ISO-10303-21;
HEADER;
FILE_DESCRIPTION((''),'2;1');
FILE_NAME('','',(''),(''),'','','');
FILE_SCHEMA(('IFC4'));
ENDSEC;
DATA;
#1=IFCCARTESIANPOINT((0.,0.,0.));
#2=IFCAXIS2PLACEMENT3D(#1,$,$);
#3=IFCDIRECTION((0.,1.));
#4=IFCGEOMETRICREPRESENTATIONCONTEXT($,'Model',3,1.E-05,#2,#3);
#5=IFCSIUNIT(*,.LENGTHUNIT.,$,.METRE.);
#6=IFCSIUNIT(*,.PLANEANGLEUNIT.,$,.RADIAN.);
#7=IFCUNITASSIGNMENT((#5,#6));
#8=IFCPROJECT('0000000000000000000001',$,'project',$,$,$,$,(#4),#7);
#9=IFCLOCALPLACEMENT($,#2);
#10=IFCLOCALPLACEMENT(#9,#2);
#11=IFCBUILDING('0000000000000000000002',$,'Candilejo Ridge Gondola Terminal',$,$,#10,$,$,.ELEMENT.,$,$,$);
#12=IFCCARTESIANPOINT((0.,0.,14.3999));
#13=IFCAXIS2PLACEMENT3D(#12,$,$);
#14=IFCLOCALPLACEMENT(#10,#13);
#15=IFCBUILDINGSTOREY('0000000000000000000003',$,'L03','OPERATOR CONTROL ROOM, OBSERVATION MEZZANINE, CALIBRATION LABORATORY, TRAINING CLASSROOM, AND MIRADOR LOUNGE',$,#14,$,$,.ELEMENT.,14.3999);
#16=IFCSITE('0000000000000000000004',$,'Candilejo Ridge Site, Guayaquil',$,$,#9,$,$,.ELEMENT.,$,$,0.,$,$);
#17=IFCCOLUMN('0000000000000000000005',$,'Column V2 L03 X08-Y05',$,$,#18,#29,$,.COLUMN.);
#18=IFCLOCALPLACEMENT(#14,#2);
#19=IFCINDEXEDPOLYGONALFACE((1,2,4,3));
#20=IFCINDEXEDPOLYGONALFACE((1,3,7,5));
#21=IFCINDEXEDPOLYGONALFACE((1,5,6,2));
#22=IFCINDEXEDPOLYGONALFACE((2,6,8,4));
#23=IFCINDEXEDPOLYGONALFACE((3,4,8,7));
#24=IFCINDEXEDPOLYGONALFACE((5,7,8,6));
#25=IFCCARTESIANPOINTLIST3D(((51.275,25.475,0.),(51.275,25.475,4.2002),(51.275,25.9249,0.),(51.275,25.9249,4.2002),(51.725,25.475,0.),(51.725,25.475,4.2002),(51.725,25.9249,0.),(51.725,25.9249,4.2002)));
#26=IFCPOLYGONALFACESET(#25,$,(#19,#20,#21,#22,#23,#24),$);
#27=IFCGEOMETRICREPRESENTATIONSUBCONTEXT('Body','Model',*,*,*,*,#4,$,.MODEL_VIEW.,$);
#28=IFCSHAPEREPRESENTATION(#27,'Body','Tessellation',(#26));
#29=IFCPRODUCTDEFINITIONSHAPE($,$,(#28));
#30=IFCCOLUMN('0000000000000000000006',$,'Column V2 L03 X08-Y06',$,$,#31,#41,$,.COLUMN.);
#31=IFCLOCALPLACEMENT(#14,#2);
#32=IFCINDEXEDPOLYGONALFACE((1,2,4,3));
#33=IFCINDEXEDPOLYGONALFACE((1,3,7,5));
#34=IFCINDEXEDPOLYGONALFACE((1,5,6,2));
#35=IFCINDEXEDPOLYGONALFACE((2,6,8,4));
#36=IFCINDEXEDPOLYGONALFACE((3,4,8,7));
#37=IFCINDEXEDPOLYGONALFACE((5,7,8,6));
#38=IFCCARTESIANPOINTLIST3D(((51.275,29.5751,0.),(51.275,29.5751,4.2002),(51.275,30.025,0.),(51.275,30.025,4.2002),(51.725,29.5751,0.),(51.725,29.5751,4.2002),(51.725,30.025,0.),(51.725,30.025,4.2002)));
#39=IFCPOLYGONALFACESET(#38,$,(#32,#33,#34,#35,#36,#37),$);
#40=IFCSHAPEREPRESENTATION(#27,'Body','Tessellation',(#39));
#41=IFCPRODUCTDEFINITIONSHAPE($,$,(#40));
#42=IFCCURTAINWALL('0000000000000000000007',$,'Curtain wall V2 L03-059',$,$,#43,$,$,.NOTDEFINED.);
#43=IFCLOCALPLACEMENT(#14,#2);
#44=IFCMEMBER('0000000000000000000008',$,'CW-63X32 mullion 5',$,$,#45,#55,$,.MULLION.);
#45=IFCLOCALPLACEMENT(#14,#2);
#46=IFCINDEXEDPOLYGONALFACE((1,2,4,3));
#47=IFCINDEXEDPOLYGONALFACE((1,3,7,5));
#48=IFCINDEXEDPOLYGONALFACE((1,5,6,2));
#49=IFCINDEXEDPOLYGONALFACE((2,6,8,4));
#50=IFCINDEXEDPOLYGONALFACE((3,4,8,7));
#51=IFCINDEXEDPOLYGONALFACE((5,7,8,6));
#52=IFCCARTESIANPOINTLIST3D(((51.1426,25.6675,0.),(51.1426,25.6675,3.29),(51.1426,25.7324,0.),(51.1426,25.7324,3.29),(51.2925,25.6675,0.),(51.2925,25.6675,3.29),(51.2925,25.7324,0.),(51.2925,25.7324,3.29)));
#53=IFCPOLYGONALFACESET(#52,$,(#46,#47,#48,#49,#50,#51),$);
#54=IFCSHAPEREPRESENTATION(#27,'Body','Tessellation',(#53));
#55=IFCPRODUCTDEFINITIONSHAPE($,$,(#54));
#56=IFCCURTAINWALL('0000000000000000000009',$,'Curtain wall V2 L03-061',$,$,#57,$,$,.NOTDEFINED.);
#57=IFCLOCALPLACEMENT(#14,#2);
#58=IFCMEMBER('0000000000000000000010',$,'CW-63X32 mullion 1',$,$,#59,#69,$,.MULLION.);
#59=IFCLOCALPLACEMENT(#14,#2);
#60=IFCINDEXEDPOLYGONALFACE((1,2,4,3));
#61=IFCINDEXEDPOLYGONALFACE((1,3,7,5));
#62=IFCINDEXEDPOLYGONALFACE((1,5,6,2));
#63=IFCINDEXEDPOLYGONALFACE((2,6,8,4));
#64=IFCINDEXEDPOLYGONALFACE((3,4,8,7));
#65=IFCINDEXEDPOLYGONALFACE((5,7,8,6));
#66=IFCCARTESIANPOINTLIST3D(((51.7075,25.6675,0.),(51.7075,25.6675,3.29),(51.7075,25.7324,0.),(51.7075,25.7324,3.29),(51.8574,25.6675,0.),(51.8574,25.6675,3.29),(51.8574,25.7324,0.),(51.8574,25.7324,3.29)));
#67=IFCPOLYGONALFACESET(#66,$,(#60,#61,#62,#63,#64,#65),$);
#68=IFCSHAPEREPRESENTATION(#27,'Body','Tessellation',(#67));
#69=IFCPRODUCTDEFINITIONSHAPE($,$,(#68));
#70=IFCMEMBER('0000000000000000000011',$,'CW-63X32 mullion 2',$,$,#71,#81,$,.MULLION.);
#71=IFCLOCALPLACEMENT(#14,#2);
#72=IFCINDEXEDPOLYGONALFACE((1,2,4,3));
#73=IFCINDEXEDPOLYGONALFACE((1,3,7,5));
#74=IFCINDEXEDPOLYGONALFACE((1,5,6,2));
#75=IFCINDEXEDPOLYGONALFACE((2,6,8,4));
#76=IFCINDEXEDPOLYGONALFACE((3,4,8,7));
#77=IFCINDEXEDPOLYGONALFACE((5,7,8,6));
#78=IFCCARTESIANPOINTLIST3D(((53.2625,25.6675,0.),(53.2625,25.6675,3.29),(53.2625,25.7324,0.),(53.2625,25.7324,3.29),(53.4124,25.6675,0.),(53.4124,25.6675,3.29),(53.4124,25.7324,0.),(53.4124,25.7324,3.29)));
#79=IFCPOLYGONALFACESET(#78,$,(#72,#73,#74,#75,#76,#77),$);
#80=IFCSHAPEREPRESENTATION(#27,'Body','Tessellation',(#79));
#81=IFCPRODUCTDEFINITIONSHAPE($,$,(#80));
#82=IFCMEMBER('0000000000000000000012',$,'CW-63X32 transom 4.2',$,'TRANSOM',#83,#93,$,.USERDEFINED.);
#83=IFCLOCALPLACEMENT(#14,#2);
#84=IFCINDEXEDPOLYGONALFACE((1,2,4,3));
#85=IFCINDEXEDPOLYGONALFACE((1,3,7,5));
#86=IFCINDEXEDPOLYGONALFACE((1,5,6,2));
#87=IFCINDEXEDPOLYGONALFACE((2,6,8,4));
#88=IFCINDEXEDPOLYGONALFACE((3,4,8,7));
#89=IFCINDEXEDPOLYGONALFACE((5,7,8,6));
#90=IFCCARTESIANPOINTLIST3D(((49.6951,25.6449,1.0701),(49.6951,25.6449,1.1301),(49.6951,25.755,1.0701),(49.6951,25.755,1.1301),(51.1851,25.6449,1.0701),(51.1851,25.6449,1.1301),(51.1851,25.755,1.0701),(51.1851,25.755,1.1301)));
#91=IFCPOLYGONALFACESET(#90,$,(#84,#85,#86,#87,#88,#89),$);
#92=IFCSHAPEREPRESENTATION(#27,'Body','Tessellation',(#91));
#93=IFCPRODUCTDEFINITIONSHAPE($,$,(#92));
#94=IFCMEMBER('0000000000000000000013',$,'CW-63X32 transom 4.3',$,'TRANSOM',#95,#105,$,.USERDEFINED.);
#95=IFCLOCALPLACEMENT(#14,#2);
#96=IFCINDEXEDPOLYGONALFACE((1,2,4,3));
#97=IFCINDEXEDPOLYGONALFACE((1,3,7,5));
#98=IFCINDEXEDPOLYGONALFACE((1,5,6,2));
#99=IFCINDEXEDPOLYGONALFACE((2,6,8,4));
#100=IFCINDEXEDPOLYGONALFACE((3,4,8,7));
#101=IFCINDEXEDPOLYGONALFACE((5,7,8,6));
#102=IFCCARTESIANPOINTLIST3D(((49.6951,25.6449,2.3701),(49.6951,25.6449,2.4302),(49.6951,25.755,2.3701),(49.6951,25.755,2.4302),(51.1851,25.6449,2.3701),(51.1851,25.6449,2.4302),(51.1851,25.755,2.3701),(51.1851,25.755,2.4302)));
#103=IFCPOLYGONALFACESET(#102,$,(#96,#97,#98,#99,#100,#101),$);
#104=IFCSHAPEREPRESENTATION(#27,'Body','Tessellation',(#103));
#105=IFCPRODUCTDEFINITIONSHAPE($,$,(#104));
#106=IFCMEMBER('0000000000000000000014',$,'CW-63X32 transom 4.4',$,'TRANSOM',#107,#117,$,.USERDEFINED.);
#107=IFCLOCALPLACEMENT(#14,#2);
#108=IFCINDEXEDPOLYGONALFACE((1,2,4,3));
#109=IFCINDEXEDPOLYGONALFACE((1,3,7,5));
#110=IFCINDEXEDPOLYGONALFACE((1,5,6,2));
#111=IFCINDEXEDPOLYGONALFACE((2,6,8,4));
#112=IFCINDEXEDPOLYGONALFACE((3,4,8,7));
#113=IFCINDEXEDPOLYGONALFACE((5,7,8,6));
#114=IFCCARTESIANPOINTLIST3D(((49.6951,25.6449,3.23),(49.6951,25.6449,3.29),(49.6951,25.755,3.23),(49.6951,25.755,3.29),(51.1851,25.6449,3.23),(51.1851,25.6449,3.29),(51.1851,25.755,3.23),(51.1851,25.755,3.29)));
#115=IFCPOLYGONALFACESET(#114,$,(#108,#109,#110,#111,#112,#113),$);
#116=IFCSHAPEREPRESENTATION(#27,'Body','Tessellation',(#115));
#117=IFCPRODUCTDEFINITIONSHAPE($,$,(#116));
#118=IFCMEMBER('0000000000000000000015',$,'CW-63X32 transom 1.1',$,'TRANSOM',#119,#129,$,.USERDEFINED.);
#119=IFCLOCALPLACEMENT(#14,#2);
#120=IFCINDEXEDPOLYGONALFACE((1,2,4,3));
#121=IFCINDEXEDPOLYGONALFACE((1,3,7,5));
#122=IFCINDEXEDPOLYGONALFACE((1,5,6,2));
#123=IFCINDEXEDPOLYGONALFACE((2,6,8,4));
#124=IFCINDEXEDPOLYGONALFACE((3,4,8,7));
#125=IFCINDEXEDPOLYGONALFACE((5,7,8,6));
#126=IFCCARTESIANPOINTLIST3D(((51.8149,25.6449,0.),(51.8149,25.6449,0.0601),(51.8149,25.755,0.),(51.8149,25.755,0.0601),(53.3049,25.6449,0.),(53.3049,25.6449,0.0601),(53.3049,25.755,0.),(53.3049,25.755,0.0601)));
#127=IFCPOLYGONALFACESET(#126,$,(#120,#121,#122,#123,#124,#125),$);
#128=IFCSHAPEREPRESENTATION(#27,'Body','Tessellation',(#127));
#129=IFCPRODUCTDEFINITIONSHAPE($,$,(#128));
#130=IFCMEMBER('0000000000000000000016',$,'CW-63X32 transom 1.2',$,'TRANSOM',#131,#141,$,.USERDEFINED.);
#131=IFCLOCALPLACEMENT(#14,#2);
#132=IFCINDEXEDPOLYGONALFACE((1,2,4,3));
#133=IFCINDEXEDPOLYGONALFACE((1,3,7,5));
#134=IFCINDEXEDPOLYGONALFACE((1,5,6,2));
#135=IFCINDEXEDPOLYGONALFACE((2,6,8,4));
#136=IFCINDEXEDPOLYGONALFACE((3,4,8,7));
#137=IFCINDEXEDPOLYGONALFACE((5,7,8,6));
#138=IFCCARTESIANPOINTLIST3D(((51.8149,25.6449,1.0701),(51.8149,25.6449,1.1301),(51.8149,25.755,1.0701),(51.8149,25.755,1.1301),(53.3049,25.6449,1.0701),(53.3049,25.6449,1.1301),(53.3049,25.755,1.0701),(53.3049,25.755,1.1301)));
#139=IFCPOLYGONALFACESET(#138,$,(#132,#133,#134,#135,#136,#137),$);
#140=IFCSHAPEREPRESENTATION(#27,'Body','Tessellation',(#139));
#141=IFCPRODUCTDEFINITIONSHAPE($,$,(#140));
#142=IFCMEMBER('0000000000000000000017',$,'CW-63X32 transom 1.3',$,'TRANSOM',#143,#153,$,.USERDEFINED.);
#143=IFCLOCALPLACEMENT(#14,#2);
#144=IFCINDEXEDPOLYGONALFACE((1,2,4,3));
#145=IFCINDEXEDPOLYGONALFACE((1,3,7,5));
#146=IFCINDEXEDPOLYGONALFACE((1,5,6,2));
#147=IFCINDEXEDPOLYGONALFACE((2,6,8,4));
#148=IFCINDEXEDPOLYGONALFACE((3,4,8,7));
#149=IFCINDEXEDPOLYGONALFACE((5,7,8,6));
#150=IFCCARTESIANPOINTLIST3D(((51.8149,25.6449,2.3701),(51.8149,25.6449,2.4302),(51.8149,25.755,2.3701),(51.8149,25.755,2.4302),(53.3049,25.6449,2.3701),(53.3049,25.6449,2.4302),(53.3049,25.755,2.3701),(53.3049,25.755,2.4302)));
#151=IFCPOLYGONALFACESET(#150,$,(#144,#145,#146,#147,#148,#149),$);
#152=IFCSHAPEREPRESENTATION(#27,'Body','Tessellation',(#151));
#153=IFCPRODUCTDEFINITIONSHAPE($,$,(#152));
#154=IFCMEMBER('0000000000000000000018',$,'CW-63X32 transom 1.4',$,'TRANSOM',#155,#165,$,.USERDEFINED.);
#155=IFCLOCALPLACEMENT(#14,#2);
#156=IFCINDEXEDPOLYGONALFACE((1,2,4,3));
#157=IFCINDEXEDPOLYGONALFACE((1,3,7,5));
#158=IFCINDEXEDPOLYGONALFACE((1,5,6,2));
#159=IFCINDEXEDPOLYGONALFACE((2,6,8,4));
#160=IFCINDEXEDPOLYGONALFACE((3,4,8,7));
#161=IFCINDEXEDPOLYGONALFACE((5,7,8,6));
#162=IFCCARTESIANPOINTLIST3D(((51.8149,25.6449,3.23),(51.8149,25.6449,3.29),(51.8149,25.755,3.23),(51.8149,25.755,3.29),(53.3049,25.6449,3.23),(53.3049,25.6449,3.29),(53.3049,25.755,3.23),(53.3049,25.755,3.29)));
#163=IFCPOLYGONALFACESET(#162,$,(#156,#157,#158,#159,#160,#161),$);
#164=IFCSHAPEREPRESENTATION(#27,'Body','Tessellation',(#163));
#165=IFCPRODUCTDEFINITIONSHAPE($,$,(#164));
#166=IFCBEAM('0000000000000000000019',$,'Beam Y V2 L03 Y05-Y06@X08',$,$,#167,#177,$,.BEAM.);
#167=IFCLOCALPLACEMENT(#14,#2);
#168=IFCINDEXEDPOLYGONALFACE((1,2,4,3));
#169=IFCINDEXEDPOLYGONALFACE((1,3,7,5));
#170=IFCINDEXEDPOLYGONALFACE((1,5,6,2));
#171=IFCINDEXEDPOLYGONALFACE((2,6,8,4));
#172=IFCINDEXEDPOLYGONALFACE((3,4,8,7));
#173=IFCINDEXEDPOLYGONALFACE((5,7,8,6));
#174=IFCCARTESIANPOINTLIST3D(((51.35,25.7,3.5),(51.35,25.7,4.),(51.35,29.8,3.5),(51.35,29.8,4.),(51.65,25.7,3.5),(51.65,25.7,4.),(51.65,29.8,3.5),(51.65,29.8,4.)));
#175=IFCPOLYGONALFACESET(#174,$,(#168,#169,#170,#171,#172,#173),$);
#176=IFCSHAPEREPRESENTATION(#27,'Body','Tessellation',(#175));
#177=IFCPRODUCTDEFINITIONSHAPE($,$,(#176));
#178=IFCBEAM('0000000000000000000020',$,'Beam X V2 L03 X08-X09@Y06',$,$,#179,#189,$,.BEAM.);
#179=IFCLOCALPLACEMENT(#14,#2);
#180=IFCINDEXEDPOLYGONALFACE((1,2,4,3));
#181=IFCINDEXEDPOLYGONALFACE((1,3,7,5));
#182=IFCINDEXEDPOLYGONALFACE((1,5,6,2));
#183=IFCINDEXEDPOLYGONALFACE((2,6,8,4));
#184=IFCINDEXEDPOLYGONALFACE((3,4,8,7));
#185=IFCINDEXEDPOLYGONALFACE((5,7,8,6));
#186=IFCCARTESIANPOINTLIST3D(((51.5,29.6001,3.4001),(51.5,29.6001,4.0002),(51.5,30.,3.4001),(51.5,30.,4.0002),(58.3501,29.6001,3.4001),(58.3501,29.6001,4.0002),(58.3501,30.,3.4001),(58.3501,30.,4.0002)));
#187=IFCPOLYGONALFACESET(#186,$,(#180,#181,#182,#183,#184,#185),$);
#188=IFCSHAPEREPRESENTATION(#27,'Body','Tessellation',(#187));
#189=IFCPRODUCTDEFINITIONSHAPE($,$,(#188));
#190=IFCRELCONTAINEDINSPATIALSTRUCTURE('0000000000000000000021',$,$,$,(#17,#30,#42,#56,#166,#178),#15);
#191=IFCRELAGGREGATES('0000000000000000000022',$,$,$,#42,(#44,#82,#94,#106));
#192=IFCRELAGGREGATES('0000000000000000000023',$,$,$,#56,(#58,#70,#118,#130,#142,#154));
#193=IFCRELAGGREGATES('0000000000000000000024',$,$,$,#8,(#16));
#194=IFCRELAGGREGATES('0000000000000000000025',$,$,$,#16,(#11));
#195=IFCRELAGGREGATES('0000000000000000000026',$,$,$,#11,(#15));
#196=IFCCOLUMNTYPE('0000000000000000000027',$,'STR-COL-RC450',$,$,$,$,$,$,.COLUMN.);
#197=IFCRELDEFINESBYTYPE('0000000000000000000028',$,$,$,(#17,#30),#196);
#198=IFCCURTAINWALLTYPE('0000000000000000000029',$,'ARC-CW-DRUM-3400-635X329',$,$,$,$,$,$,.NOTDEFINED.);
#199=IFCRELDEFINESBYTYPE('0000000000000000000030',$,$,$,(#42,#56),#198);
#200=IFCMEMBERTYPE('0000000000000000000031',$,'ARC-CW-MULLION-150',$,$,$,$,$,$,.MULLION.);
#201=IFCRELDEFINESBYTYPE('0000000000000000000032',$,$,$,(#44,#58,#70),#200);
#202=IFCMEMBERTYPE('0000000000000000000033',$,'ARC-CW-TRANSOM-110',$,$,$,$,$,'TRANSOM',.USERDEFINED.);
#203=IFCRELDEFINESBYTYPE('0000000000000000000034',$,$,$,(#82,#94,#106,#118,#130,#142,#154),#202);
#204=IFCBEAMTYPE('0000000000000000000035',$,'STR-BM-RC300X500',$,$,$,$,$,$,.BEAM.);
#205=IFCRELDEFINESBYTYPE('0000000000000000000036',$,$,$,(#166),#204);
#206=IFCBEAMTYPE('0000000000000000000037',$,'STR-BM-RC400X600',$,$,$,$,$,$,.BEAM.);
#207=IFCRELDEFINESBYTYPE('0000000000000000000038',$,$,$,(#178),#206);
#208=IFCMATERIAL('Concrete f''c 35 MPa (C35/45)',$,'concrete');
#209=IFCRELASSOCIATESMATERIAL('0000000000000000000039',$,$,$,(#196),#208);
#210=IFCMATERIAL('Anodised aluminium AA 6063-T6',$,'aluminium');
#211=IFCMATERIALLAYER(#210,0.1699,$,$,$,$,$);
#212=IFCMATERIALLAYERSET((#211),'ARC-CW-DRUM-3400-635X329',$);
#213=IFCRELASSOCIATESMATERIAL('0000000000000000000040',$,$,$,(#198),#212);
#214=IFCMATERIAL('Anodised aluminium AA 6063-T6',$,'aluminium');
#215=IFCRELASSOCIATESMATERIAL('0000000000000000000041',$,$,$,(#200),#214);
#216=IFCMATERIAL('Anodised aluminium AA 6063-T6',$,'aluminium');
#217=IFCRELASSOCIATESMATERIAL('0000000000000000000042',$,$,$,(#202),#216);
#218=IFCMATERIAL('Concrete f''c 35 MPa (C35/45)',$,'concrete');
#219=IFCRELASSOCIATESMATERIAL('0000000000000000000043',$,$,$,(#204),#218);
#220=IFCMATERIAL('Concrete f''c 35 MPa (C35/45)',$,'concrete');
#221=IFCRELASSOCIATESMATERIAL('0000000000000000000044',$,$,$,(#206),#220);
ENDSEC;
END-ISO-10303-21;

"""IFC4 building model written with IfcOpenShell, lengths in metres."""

from ifc_helpers import new_model, si_unit, direction, frame, origin, origin_2d, place, context, subcontext, project, spatial, rectangle, extrude, material, layer, layer_set, material_profile, profile_set, type_object, element, aggregate, save


model = new_model("IFC4")

# Units and contexts
model_context = context("Model", 3, precision=1e-05, world=origin(), true_north=direction((0.0, 1.0)))
body_context = subcontext(model_context, "Body", "Model", "MODEL_VIEW")
ifc_project = project(units=[si_unit("LENGTHUNIT", "METRE"), si_unit("PLANEANGLEUNIT", "RADIAN")], contexts=[model_context])

# Site, building, storey
site_placement = place(None, origin())
site = spatial("IfcSite", under=ifc_project, at=site_placement, Name="Candilejo Ridge Site, Guayaquil", CompositionType="ELEMENT", RefElevation=0.0)
building_placement = place(site_placement, origin())
building = spatial("IfcBuilding", under=site, at=building_placement, Name="Candilejo Ridge Gondola Terminal", CompositionType="ELEMENT")
storey_placement = place(building_placement, frame((0.0, 0.0, 14.3999)))
storey = spatial("IfcBuildingStorey", under=building, at=storey_placement, Name="L03", Description="OPERATOR CONTROL ROOM, OBSERVATION MEZZANINE, CALIBRATION LABORATORY, TRAINING CLASSROOM, AND MIRADOR LOUNGE", CompositionType="ELEMENT", Elevation=14.3999)

# Columns
ifc_material_1 = material(Name="Concrete f'c 35 MPa (C35/45)", Category="concrete")
ifc_material_profile_1 = material_profile(ifc_material_1, rectangle(XDim=0.45, YDim=0.45, at=origin_2d()))
ifc_profile_set_1 = profile_set([ifc_material_profile_1], Name="Concrete f'c 35 MPa (C35/45)")
column_type = type_object("IfcColumnType", Name="STR-COL-RC450", PredefinedType="COLUMN", material=ifc_profile_set_1)
for number, where, z_axis, x_axis, name in (
    (1, (51.5, 25.7, 0.0), (0.0, 0.0, 1.0), (1.0, 0.0, 0.0), "Column V2 L03 X08-Y05"),
    (2, (51.5, 29.8, 0.0), (0.0, 0.0, 1.0), (1.0, 0.0, 0.0), "Column V2 L03 X08-Y06"),
):
    element("IfcColumn", number, at=place(storey_placement, frame(where, z_axis=z_axis, x_axis=x_axis)), inside=storey, type_object=column_type, Name=name, PredefinedType="COLUMN", context=body_context, shape_type="SweptSolid", body=[
        extrude(rectangle(XDim=0.45, YDim=0.45, at=origin_2d()), origin(), (0.0, 0.0, 1.0), 4.2002),
    ])

# Curtain wall, member
ifc_material_2 = material(Name="Anodised aluminium AA 6063-T6", Category="aluminium")
ifc_layer_1 = layer(ifc_material_2, 0.1699)
ifc_layer_set_1 = layer_set([ifc_layer_1], Name="ARC-CW-DRUM-3400-635X329")
curtain_wall_type = type_object("IfcCurtainWallType", Name="ARC-CW-DRUM-3400-635X329", PredefinedType="NOTDEFINED", material=ifc_layer_set_1)
curtain_wall_1_placement = place(storey_placement, origin())
curtain_wall_1 = element("IfcCurtainWall", 3, at=curtain_wall_1_placement, inside=storey, type_object=curtain_wall_type, Name="Curtain wall V2 L03-059", PredefinedType="NOTDEFINED")
ifc_material_3 = material(Name="Anodised aluminium AA 6063-T6", Category="aluminium")
ifc_material_profile_2 = material_profile(ifc_material_3, rectangle(XDim=0.0649, YDim=0.1499, at=origin_2d()))
ifc_profile_set_2 = profile_set([ifc_material_profile_2], Name="Anodised aluminium AA 6063-T6")
member_type_1 = type_object("IfcMemberType", Name="ARC-CW-MULLION-150", PredefinedType="MULLION", material=ifc_profile_set_2)
member_1_placement = place(storey_placement, frame((51.2175, 25.7, 0.0), z_axis=(0.0, 0.0, 1.0), x_axis=(0.0, 1.0, 0.0)))
member_1 = element("IfcMember", 4, at=member_1_placement, type_object=member_type_1, Name="CW-63X32 mullion 5", PredefinedType="MULLION", context=body_context, shape_type="SweptSolid", body=[
    extrude(rectangle(XDim=0.0649, YDim=0.1499, at=origin_2d()), origin(), (0.0, 0.0, 1.0), 3.29),
])

# Curtain wall, members
curtain_wall_2_placement = place(storey_placement, origin())
curtain_wall_2 = element("IfcCurtainWall", 5, at=curtain_wall_2_placement, inside=storey, type_object=curtain_wall_type, Name="Curtain wall V2 L03-061", PredefinedType="NOTDEFINED")
member_2_placement = place(storey_placement, frame((51.7825, 25.7, 0.0), z_axis=(0.0, 0.0, 1.0), x_axis=(0.0, 1.0, 0.0)))
member_2 = element("IfcMember", 6, at=member_2_placement, type_object=member_type_1, Name="CW-63X32 mullion 1", PredefinedType="MULLION", context=body_context, shape_type="SweptSolid", body=[
    extrude(rectangle(XDim=0.0649, YDim=0.1499, at=origin_2d()), origin(), (0.0, 0.0, 1.0), 3.29),
])
member_3_placement = place(storey_placement, frame((53.3374, 25.7, 0.0), z_axis=(0.0, 0.0, 1.0), x_axis=(0.0, 1.0, 0.0)))
member_3 = element("IfcMember", 7, at=member_3_placement, type_object=member_type_1, Name="CW-63X32 mullion 2", PredefinedType="MULLION", context=body_context, shape_type="SweptSolid", body=[
    extrude(rectangle(XDim=0.0649, YDim=0.1499, at=origin_2d()), origin(), (0.0, 0.0, 1.0), 3.29),
])

# Members
ifc_material_4 = material(Name="Anodised aluminium AA 6063-T6", Category="aluminium")
ifc_material_profile_3 = material_profile(ifc_material_4, rectangle(XDim=0.1101, YDim=0.0601, at=origin_2d()))
ifc_profile_set_3 = profile_set([ifc_material_profile_3], Name="Anodised aluminium AA 6063-T6")
member_type_2 = type_object("IfcMemberType", Name="ARC-CW-TRANSOM-110", ElementType="TRANSOM", PredefinedType="USERDEFINED", material=ifc_profile_set_3)
member_4_placement = place(storey_placement, frame((49.6951, 25.7, 1.1001), z_axis=(1.0, 0.0, 0.0), x_axis=(0.0, 1.0, 0.0)))
member_4 = element("IfcMember", 8, at=member_4_placement, type_object=member_type_2, Name="CW-63X32 transom 4.2", ObjectType="TRANSOM", PredefinedType="USERDEFINED", context=body_context, shape_type="SweptSolid", body=[
    extrude(rectangle(XDim=0.1101, YDim=0.0601, at=origin_2d()), origin(), (0.0, 0.0, 1.0), 1.49),
])
member_5_placement = place(storey_placement, frame((49.6951, 25.7, 2.4001), z_axis=(1.0, 0.0, 0.0), x_axis=(0.0, 1.0, 0.0)))
member_5 = element("IfcMember", 9, at=member_5_placement, type_object=member_type_2, Name="CW-63X32 transom 4.3", ObjectType="TRANSOM", PredefinedType="USERDEFINED", context=body_context, shape_type="SweptSolid", body=[
    extrude(rectangle(XDim=0.1101, YDim=0.0601, at=origin_2d()), origin(), (0.0, 0.0, 1.0), 1.49),
])
member_6_placement = place(storey_placement, frame((49.6951, 25.7, 3.26), z_axis=(1.0, 0.0, 0.0), x_axis=(0.0, 1.0, 0.0)))
member_6 = element("IfcMember", 10, at=member_6_placement, type_object=member_type_2, Name="CW-63X32 transom 4.4", ObjectType="TRANSOM", PredefinedType="USERDEFINED", context=body_context, shape_type="SweptSolid", body=[
    extrude(rectangle(XDim=0.1101, YDim=0.0601, at=origin_2d()), origin(), (0.0, 0.0, 1.0), 1.49),
])
member_7_placement = place(storey_placement, frame((51.8149, 25.7, 0.03), z_axis=(1.0, 0.0, 0.0), x_axis=(0.0, 1.0, 0.0)))
member_7 = element("IfcMember", 11, at=member_7_placement, type_object=member_type_2, Name="CW-63X32 transom 1.1", ObjectType="TRANSOM", PredefinedType="USERDEFINED", context=body_context, shape_type="SweptSolid", body=[
    extrude(rectangle(XDim=0.1101, YDim=0.0601, at=origin_2d()), origin(), (0.0, 0.0, 1.0), 1.49),
])
member_8_placement = place(storey_placement, frame((51.8149, 25.7, 1.1001), z_axis=(1.0, 0.0, 0.0), x_axis=(0.0, 1.0, 0.0)))
member_8 = element("IfcMember", 12, at=member_8_placement, type_object=member_type_2, Name="CW-63X32 transom 1.2", ObjectType="TRANSOM", PredefinedType="USERDEFINED", context=body_context, shape_type="SweptSolid", body=[
    extrude(rectangle(XDim=0.1101, YDim=0.0601, at=origin_2d()), origin(), (0.0, 0.0, 1.0), 1.49),
])
member_9_placement = place(storey_placement, frame((51.8149, 25.7, 2.4001), z_axis=(1.0, 0.0, 0.0), x_axis=(0.0, 1.0, 0.0)))
member_9 = element("IfcMember", 13, at=member_9_placement, type_object=member_type_2, Name="CW-63X32 transom 1.3", ObjectType="TRANSOM", PredefinedType="USERDEFINED", context=body_context, shape_type="SweptSolid", body=[
    extrude(rectangle(XDim=0.1101, YDim=0.0601, at=origin_2d()), origin(), (0.0, 0.0, 1.0), 1.49),
])
member_10_placement = place(storey_placement, frame((51.8149, 25.7, 3.26), z_axis=(1.0, 0.0, 0.0), x_axis=(0.0, 1.0, 0.0)))
member_10 = element("IfcMember", 14, at=member_10_placement, type_object=member_type_2, Name="CW-63X32 transom 1.4", ObjectType="TRANSOM", PredefinedType="USERDEFINED", context=body_context, shape_type="SweptSolid", body=[
    extrude(rectangle(XDim=0.1101, YDim=0.0601, at=origin_2d()), origin(), (0.0, 0.0, 1.0), 1.49),
])

# Beams
ifc_material_5 = material(Name="Concrete f'c 35 MPa (C35/45)", Category="concrete")
ifc_material_profile_4 = material_profile(ifc_material_5, rectangle(XDim=0.3, YDim=0.5, at=origin_2d()))
ifc_profile_set_4 = profile_set([ifc_material_profile_4], Name="Concrete f'c 35 MPa (C35/45)")
beam_type_1 = type_object("IfcBeamType", Name="STR-BM-RC300X500", PredefinedType="BEAM", material=ifc_profile_set_4)
beam_1_placement = place(storey_placement, frame((51.5, 25.7, 3.75), z_axis=(0.0, 1.0, 0.0), x_axis=(-1.0, 0.0, 0.0)))
element("IfcBeam", 15, at=beam_1_placement, inside=storey, type_object=beam_type_1, Name="Beam Y V2 L03 Y05-Y06@X08", PredefinedType="BEAM", context=body_context, shape_type="SweptSolid", body=[
    extrude(rectangle(XDim=0.3, YDim=0.5, at=origin_2d()), origin(), (0.0, 0.0, 1.0), 4.1001),
])
ifc_material_6 = material(Name="Concrete f'c 35 MPa (C35/45)", Category="concrete")
ifc_material_profile_5 = material_profile(ifc_material_6, rectangle(XDim=0.3999, YDim=0.6001, at=origin_2d()))
ifc_profile_set_5 = profile_set([ifc_material_profile_5], Name="Concrete f'c 35 MPa (C35/45)")
beam_type_2 = type_object("IfcBeamType", Name="STR-BM-RC400X600", PredefinedType="BEAM", material=ifc_profile_set_5)
beam_2_placement = place(storey_placement, frame((51.5, 29.8, 3.7002), z_axis=(1.0, 0.0, 0.0), x_axis=(0.0, 1.0, 0.0)))
element("IfcBeam", 16, at=beam_2_placement, inside=storey, type_object=beam_type_2, Name="Beam X V2 L03 X08-X09@Y06", PredefinedType="BEAM", context=body_context, shape_type="SweptSolid", body=[
    extrude(rectangle(XDim=0.3999, YDim=0.6001, at=origin_2d()), origin(), (0.0, 0.0, 1.0), 6.8501),
])

aggregate(curtain_wall_1, [member_1, member_4, member_5, member_6])
aggregate(curtain_wall_2, [member_2, member_3, member_7, member_8, member_9, member_10])

save(model, "model.ifc")
